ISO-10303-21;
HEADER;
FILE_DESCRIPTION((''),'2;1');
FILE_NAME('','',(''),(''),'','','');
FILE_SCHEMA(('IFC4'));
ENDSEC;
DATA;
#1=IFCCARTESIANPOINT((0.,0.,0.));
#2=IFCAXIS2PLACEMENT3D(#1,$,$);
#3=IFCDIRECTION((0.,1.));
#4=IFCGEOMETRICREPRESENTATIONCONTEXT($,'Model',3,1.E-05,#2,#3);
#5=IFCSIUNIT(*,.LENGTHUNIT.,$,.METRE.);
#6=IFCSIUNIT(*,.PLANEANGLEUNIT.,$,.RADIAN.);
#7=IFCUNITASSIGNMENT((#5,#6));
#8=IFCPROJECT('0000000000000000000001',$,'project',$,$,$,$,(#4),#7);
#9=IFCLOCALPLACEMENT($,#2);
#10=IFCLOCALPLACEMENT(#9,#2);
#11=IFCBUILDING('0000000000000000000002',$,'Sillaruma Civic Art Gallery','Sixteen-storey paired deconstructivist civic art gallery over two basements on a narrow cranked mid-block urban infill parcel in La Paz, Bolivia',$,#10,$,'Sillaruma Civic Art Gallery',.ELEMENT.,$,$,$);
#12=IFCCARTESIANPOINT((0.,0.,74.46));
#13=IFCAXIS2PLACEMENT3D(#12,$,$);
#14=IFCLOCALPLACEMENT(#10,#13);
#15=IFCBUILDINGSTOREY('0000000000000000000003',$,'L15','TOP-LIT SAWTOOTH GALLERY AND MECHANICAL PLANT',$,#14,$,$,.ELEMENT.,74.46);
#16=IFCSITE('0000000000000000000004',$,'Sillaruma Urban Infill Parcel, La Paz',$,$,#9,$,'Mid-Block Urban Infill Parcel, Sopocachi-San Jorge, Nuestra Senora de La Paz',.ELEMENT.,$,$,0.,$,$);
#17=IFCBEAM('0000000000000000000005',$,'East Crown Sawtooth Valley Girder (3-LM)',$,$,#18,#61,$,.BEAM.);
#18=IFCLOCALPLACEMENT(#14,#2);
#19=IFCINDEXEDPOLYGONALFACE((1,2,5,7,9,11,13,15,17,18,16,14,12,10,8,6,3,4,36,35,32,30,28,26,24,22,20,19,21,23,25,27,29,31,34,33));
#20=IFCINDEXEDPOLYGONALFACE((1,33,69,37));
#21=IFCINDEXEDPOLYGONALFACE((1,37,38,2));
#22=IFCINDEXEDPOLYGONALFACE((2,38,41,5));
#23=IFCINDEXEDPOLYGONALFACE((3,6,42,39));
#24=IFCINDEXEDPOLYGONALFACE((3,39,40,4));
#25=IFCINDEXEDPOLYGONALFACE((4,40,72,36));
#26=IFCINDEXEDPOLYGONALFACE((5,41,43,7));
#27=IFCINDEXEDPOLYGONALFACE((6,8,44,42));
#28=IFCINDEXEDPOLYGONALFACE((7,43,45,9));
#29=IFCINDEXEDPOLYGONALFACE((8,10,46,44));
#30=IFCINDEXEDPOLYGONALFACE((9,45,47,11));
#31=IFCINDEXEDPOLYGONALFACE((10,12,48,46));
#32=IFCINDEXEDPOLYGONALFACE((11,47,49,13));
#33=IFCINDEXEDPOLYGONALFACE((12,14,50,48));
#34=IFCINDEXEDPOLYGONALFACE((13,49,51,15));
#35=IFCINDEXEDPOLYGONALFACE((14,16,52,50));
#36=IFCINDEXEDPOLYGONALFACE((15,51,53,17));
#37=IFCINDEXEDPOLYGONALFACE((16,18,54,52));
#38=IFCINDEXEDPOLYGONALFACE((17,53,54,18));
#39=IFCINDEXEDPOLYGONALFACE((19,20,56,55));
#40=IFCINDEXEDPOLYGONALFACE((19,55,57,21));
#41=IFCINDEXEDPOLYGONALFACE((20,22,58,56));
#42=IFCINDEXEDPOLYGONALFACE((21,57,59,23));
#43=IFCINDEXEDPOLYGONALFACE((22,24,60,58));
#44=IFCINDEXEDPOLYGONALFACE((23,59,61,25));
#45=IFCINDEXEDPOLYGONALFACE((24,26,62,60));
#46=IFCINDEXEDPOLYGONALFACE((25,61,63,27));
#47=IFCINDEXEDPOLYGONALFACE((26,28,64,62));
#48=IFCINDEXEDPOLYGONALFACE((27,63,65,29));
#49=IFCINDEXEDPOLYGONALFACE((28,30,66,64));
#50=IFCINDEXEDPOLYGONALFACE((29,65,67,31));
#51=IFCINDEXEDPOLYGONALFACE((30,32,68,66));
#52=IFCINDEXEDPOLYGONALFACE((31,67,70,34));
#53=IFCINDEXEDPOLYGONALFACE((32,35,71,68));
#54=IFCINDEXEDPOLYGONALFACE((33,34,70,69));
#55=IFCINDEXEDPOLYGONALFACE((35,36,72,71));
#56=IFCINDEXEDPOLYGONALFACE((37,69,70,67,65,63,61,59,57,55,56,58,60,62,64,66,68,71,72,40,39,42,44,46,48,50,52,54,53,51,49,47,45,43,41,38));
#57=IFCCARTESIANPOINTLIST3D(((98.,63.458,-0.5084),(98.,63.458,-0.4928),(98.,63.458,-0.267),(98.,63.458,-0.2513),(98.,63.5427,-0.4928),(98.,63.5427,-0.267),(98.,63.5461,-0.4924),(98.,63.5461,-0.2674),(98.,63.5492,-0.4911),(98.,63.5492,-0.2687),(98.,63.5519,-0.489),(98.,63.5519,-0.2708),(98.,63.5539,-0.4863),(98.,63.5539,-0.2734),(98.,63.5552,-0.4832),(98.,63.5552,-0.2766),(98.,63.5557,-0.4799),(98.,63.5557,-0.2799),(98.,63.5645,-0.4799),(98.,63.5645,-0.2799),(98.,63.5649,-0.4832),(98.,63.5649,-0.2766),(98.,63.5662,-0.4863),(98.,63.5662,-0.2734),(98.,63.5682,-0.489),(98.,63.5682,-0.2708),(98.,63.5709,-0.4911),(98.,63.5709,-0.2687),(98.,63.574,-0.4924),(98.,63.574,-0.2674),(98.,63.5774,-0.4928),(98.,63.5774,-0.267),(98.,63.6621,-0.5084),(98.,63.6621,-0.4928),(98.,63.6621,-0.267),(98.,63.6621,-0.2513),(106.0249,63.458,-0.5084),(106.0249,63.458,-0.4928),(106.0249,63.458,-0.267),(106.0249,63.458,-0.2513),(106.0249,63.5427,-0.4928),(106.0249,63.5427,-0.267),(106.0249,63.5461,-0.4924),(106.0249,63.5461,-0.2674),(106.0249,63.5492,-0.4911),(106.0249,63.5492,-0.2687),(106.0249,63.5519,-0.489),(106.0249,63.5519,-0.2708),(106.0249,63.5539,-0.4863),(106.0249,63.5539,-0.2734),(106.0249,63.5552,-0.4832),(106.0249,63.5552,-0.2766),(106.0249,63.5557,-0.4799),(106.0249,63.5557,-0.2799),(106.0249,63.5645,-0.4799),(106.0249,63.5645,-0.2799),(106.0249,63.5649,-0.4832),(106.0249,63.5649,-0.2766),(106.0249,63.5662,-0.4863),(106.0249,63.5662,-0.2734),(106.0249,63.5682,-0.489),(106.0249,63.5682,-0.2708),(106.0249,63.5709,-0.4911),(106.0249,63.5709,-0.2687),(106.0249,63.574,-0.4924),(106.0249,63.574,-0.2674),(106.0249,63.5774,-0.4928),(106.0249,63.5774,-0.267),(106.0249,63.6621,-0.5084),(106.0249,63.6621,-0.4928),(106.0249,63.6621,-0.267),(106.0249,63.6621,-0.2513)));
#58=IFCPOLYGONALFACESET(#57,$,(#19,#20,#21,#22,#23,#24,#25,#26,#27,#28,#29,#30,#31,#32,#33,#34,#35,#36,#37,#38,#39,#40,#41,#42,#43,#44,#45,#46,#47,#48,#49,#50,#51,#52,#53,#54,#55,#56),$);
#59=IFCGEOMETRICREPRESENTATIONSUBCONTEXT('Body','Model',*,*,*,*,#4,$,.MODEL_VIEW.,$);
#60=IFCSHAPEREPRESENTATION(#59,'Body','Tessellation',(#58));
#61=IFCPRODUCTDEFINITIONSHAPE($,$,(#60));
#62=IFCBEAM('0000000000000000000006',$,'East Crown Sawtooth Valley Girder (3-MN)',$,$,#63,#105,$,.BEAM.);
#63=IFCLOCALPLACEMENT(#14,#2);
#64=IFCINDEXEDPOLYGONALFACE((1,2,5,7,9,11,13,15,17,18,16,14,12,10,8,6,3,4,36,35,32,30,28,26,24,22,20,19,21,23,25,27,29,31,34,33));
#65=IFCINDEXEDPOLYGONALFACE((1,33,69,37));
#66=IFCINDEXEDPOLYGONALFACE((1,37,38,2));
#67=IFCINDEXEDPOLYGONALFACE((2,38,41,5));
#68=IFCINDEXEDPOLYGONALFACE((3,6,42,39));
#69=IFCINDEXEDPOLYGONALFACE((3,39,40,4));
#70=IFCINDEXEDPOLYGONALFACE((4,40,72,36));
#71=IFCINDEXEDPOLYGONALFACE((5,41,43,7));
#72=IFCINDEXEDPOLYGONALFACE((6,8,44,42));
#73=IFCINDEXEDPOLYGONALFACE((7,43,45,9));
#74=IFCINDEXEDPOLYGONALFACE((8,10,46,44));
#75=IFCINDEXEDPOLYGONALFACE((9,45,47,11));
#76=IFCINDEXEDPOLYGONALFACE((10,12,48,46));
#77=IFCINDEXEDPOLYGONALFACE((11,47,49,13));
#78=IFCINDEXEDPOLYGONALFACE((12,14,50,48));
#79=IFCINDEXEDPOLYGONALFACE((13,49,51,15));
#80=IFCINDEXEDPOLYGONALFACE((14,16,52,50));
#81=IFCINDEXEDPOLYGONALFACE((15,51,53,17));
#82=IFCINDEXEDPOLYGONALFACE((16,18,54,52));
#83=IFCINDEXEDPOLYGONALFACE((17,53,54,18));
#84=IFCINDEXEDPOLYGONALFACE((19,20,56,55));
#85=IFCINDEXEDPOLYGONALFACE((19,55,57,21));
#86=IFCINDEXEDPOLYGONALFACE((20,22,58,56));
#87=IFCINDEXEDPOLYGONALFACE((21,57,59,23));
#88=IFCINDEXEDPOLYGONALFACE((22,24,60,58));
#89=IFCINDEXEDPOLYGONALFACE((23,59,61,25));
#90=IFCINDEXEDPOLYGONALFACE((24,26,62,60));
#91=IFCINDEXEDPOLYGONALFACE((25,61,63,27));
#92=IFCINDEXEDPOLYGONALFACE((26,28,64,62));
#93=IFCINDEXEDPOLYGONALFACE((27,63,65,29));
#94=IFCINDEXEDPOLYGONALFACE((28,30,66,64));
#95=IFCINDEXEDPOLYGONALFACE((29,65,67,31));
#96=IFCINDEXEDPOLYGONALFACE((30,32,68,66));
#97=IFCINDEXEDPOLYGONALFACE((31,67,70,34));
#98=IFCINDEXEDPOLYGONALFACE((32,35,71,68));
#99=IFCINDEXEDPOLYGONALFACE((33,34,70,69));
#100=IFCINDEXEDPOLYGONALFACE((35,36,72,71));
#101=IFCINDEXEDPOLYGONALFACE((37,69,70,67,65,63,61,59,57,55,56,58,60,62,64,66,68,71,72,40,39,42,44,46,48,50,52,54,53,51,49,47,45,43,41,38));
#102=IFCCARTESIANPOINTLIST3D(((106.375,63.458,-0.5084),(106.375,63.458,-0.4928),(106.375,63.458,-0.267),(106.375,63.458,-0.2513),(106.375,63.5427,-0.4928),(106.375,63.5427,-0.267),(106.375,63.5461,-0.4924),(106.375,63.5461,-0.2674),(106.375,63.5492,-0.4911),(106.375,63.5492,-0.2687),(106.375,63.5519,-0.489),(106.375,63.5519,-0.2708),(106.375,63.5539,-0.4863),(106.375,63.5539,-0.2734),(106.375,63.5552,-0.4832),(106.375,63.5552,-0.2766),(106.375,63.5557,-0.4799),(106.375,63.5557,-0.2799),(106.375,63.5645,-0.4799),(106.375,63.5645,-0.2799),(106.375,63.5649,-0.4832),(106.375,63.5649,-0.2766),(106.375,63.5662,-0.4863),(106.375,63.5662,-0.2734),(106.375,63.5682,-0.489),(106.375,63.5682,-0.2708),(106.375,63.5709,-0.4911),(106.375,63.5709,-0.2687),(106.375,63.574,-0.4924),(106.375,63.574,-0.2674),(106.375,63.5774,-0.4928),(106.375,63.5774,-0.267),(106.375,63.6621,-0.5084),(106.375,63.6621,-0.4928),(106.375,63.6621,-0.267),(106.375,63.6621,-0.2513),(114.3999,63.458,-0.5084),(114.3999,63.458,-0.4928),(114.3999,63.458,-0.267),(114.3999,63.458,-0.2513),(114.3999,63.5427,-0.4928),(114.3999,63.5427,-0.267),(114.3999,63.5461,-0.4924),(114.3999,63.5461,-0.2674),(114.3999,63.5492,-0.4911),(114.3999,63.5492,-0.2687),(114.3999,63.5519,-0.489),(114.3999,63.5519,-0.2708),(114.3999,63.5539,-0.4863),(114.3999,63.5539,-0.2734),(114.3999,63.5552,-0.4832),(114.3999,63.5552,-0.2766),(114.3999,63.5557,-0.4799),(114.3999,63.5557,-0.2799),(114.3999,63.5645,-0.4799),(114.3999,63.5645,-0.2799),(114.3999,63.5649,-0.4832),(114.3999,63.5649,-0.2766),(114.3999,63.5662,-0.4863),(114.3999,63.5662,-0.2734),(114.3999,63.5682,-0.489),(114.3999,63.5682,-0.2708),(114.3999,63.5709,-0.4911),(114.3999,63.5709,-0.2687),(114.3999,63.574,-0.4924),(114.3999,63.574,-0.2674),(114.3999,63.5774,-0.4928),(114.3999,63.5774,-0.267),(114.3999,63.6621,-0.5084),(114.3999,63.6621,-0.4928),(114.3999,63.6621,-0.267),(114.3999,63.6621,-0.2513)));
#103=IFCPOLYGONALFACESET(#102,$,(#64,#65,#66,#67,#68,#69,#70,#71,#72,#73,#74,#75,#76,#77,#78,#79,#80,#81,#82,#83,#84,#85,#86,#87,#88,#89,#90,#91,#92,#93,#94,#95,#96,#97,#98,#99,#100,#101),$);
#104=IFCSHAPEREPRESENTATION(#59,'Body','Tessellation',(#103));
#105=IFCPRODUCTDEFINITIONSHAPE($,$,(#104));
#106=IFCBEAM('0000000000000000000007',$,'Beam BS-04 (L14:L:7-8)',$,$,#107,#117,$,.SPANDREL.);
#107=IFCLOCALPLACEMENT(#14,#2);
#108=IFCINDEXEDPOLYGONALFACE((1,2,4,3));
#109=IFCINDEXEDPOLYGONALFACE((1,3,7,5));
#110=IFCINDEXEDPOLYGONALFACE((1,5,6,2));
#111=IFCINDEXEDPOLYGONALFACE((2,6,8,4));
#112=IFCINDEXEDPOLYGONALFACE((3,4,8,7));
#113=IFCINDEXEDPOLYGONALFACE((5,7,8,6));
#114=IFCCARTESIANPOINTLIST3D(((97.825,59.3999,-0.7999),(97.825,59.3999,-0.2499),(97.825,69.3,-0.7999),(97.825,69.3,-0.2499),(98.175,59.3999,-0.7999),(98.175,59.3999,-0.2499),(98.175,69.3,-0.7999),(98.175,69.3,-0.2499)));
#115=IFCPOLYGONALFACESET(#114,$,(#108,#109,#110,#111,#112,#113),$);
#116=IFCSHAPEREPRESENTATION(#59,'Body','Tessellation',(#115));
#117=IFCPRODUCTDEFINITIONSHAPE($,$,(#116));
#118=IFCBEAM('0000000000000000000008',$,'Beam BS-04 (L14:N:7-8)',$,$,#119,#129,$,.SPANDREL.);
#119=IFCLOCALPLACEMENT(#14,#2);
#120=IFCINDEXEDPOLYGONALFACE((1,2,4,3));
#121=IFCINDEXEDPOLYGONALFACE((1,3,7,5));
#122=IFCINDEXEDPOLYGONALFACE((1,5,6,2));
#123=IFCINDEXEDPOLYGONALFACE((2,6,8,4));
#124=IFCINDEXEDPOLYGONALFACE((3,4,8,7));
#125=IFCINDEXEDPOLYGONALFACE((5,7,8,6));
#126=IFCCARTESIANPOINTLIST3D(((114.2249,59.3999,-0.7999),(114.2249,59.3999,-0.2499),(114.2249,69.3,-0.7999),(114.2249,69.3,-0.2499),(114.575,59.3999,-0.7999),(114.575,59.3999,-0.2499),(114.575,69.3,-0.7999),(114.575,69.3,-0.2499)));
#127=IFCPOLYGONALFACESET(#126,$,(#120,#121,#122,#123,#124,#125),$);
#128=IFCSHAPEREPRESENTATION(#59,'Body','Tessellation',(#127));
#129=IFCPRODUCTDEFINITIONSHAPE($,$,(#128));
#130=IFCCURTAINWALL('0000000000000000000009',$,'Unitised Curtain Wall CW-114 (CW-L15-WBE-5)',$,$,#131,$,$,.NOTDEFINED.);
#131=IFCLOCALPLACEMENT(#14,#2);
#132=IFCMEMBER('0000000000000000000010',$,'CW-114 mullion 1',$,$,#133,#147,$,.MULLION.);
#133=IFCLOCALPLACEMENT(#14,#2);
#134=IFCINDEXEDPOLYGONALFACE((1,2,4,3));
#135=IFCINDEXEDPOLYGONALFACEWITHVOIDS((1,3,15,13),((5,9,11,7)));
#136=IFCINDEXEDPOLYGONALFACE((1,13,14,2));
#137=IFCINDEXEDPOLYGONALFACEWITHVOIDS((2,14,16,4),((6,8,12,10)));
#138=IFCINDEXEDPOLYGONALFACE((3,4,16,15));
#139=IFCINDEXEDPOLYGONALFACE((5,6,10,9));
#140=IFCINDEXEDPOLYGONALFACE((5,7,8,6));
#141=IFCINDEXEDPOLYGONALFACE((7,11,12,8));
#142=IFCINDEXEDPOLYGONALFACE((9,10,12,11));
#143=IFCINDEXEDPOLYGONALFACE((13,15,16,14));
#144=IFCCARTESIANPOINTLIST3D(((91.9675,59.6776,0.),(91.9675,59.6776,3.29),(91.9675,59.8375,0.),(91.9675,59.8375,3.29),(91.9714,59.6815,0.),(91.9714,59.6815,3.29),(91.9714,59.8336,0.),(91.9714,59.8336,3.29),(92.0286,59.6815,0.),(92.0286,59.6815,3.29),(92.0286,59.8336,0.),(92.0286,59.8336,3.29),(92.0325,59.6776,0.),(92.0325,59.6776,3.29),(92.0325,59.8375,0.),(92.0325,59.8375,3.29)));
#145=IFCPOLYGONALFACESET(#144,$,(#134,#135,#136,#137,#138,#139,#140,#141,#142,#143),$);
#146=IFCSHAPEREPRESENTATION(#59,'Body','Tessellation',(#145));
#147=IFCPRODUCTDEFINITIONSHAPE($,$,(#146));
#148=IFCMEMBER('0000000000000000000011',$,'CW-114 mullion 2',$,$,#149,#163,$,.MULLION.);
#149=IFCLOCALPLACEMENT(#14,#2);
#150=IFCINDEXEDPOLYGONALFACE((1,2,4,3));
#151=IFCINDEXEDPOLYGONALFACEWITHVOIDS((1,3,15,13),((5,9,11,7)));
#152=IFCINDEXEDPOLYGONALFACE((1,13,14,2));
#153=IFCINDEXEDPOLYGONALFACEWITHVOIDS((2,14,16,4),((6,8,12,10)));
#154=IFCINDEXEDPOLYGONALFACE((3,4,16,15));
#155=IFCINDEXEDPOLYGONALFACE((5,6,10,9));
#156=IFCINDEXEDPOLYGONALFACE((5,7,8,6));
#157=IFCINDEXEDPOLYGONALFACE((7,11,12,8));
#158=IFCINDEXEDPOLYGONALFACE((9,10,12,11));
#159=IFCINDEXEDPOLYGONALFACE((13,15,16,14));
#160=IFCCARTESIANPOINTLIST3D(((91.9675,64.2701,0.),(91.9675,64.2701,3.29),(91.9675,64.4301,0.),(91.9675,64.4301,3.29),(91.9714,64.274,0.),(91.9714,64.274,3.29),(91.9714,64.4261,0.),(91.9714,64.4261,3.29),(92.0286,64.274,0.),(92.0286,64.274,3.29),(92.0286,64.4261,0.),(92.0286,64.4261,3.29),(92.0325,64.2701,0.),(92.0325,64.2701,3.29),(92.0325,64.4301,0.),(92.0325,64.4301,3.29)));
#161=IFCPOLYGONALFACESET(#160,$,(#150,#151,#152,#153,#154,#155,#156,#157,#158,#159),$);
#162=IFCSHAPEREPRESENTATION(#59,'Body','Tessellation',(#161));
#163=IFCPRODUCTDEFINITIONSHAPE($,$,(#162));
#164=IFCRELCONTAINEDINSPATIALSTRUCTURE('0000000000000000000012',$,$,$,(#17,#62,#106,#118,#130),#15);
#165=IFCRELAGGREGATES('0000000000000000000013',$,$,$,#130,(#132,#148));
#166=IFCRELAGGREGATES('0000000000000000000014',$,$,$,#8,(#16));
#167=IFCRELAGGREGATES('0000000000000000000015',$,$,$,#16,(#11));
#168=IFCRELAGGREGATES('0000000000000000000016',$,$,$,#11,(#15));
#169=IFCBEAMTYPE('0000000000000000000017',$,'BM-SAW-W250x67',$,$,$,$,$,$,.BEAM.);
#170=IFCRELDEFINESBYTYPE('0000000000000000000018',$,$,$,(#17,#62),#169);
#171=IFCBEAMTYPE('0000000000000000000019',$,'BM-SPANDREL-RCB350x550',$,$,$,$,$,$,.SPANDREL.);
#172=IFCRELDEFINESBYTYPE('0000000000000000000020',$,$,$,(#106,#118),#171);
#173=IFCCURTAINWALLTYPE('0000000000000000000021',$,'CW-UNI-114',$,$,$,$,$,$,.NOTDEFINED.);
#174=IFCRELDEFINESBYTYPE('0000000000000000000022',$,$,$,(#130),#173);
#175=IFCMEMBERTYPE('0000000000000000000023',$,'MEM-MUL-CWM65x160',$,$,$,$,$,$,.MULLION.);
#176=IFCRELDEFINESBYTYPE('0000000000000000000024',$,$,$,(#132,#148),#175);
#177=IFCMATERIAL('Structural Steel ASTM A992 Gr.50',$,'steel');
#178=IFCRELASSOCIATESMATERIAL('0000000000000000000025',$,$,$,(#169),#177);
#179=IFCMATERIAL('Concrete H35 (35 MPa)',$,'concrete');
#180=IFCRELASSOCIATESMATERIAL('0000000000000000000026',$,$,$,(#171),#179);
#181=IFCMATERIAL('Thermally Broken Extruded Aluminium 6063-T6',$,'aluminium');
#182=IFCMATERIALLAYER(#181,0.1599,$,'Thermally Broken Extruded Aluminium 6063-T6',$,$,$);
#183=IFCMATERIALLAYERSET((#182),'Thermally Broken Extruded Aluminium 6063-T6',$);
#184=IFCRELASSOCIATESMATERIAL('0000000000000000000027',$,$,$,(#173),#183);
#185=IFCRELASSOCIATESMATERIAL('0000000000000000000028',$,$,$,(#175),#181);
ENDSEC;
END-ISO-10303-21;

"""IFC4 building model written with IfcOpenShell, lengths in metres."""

from ifc_helpers import new_model, si_unit, direction, frame, origin, origin_2d, place, context, subcontext, project, spatial, rectangle, hollow_rectangle, i_section, extrude, material, layer, layer_set, material_profile, profile_set, type_object, element, aggregate, save


model = new_model("IFC4")

# Units and contexts
model_context = context("Model", 3, precision=1e-05, world=origin(), true_north=direction((0.0, 1.0)))
body_context = subcontext(model_context, "Body", "Model", "MODEL_VIEW")
ifc_project = project(units=[si_unit("LENGTHUNIT", "METRE"), si_unit("PLANEANGLEUNIT", "RADIAN")], contexts=[model_context])

# Site, building, storey
site_placement = place(None, origin())
site = spatial("IfcSite", under=ifc_project, at=site_placement, Name="Sillaruma Urban Infill Parcel, La Paz", LongName="Mid-Block Urban Infill Parcel, Sopocachi-San Jorge, Nuestra Senora de La Paz", CompositionType="ELEMENT", RefElevation=0.0)
building_placement = place(site_placement, origin())
building = spatial("IfcBuilding", under=site, at=building_placement, Name="Sillaruma Civic Art Gallery", Description="Sixteen-storey paired deconstructivist civic art gallery over two basements on a narrow cranked mid-block urban infill parcel in La Paz, Bolivia", LongName="Sillaruma Civic Art Gallery", CompositionType="ELEMENT")
storey_placement = place(building_placement, frame((0.0, 0.0, 74.46)))
storey = spatial("IfcBuildingStorey", under=building, at=storey_placement, Name="L15", Description="TOP-LIT SAWTOOTH GALLERY AND MECHANICAL PLANT", CompositionType="ELEMENT", Elevation=74.46)

# Beams
ifc_material_1 = material(Name="Concrete H35 (35 MPa)", Category="concrete")
ifc_material_2 = material(Name="Structural Steel ASTM A992 Gr.50", Category="steel")
ifc_material_profile_1 = material_profile(ifc_material_2, i_section(OverallWidth=0.2041, OverallDepth=0.2571, WebThickness=0.0088, FlangeThickness=0.0156, FilletRadius=0.0129, at=origin_2d()), Name="W250x67")
ifc_profile_set_1 = profile_set([ifc_material_profile_1], Name="Structural Steel ASTM A992 Gr.50")
beam_type_1 = type_object("IfcBeamType", Name="BM-SAW-W250x67", PredefinedType="BEAM", material=ifc_profile_set_1)
for number, where, z_axis, x_axis, name in (
    (1, (98.0, 63.5601, -0.3799), (1.0, 0.0, 0.0), (0.0, 1.0, 0.0), "East Crown Sawtooth Valley Girder (3-LM)"),
    (2, (106.375, 63.5601, -0.3799), (1.0, 0.0, 0.0), (0.0, 1.0, 0.0), "East Crown Sawtooth Valley Girder (3-MN)"),
):
    element("IfcBeam", number, at=place(storey_placement, frame(where, z_axis=z_axis, x_axis=x_axis)), inside=storey, type_object=beam_type_1, Name=name, PredefinedType="BEAM", context=body_context, shape_type="SweptSolid", body=[
        extrude(i_section(OverallWidth=0.2041, OverallDepth=0.2571, WebThickness=0.0088, FlangeThickness=0.0156, FilletRadius=0.0129, at=origin_2d()), origin(), (0.0, 0.0, 1.0), 8.0249),
    ])
ifc_material_profile_2 = material_profile(ifc_material_1, rectangle(XDim=0.3501, YDim=0.55, at=origin_2d()), Name="RCB350x550")
ifc_profile_set_2 = profile_set([ifc_material_profile_2], Name="Concrete H35 (35 MPa)")
beam_type_2 = type_object("IfcBeamType", Name="BM-SPANDREL-RCB350x550", PredefinedType="SPANDREL", material=ifc_profile_set_2)
for number, where, z_axis, x_axis, name in (
    (3, (98.0, 59.3999, -0.5249), (0.0, 1.0, 0.0), (-1.0, 0.0, 0.0), "Beam BS-04 (L14:L:7-8)"),
    (4, (114.3999, 59.3999, -0.5249), (0.0, 1.0, 0.0), (-1.0, 0.0, 0.0), "Beam BS-04 (L14:N:7-8)"),
):
    element("IfcBeam", number, at=place(storey_placement, frame(where, z_axis=z_axis, x_axis=x_axis)), inside=storey, type_object=beam_type_2, Name=name, PredefinedType="SPANDREL", context=body_context, shape_type="SweptSolid", body=[
        extrude(rectangle(XDim=0.3501, YDim=0.55, at=origin_2d()), origin(), (0.0, 0.0, 1.0), 9.9001),
    ])

# Curtain wall, members
ifc_material_3 = material(Name="Thermally Broken Extruded Aluminium 6063-T6", Category="aluminium")
ifc_layer_1 = layer(ifc_material_3, 0.1599, Name="Thermally Broken Extruded Aluminium 6063-T6")
ifc_layer_set_1 = layer_set([ifc_layer_1], Name="Thermally Broken Extruded Aluminium 6063-T6")
curtain_wall_type = type_object("IfcCurtainWallType", Name="CW-UNI-114", PredefinedType="NOTDEFINED", material=ifc_layer_set_1)
curtain_wall_placement = place(storey_placement, origin())
curtain_wall = element("IfcCurtainWall", 5, at=curtain_wall_placement, inside=storey, type_object=curtain_wall_type, Name="Unitised Curtain Wall CW-114 (CW-L15-WBE-5)", PredefinedType="NOTDEFINED")
ifc_material_profile_3 = material_profile(ifc_material_3, hollow_rectangle(XDim=0.0649, YDim=0.1599, WallThickness=0.0039, at=origin_2d()), Name="CWM65x160")
ifc_profile_set_3 = profile_set([ifc_material_profile_3], Name="Thermally Broken Extruded Aluminium 6063-T6")
member_type_1 = type_object("IfcMemberType", Name="MEM-MUL-CWM65x160", PredefinedType="MULLION", material=ifc_profile_set_3)
member_1_placement = place(storey_placement, frame((92.0, 59.7576, 0.0), z_axis=(0.0, 0.0, 1.0), x_axis=(-1.0, 0.0, 0.0)))
member_1 = element("IfcMember", 6, at=member_1_placement, type_object=member_type_1, Name="CW-114 mullion 1", PredefinedType="MULLION", context=body_context, shape_type="SweptSolid", body=[
    extrude(hollow_rectangle(XDim=0.0649, YDim=0.1599, WallThickness=0.0039, at=origin_2d()), origin(), (0.0, 0.0, 1.0), 3.29),
])
member_2_placement = place(storey_placement, frame((92.0, 64.3501, 0.0), z_axis=(0.0, 0.0, 1.0), x_axis=(-1.0, 0.0, 0.0)))
member_2 = element("IfcMember", 7, at=member_2_placement, type_object=member_type_1, Name="CW-114 mullion 2", PredefinedType="MULLION", context=body_context, shape_type="SweptSolid", body=[
    extrude(hollow_rectangle(XDim=0.0649, YDim=0.1599, WallThickness=0.0039, at=origin_2d()), origin(), (0.0, 0.0, 1.0), 3.29),
])

aggregate(curtain_wall, [member_1, member_2])

save(model, "model.ifc")
